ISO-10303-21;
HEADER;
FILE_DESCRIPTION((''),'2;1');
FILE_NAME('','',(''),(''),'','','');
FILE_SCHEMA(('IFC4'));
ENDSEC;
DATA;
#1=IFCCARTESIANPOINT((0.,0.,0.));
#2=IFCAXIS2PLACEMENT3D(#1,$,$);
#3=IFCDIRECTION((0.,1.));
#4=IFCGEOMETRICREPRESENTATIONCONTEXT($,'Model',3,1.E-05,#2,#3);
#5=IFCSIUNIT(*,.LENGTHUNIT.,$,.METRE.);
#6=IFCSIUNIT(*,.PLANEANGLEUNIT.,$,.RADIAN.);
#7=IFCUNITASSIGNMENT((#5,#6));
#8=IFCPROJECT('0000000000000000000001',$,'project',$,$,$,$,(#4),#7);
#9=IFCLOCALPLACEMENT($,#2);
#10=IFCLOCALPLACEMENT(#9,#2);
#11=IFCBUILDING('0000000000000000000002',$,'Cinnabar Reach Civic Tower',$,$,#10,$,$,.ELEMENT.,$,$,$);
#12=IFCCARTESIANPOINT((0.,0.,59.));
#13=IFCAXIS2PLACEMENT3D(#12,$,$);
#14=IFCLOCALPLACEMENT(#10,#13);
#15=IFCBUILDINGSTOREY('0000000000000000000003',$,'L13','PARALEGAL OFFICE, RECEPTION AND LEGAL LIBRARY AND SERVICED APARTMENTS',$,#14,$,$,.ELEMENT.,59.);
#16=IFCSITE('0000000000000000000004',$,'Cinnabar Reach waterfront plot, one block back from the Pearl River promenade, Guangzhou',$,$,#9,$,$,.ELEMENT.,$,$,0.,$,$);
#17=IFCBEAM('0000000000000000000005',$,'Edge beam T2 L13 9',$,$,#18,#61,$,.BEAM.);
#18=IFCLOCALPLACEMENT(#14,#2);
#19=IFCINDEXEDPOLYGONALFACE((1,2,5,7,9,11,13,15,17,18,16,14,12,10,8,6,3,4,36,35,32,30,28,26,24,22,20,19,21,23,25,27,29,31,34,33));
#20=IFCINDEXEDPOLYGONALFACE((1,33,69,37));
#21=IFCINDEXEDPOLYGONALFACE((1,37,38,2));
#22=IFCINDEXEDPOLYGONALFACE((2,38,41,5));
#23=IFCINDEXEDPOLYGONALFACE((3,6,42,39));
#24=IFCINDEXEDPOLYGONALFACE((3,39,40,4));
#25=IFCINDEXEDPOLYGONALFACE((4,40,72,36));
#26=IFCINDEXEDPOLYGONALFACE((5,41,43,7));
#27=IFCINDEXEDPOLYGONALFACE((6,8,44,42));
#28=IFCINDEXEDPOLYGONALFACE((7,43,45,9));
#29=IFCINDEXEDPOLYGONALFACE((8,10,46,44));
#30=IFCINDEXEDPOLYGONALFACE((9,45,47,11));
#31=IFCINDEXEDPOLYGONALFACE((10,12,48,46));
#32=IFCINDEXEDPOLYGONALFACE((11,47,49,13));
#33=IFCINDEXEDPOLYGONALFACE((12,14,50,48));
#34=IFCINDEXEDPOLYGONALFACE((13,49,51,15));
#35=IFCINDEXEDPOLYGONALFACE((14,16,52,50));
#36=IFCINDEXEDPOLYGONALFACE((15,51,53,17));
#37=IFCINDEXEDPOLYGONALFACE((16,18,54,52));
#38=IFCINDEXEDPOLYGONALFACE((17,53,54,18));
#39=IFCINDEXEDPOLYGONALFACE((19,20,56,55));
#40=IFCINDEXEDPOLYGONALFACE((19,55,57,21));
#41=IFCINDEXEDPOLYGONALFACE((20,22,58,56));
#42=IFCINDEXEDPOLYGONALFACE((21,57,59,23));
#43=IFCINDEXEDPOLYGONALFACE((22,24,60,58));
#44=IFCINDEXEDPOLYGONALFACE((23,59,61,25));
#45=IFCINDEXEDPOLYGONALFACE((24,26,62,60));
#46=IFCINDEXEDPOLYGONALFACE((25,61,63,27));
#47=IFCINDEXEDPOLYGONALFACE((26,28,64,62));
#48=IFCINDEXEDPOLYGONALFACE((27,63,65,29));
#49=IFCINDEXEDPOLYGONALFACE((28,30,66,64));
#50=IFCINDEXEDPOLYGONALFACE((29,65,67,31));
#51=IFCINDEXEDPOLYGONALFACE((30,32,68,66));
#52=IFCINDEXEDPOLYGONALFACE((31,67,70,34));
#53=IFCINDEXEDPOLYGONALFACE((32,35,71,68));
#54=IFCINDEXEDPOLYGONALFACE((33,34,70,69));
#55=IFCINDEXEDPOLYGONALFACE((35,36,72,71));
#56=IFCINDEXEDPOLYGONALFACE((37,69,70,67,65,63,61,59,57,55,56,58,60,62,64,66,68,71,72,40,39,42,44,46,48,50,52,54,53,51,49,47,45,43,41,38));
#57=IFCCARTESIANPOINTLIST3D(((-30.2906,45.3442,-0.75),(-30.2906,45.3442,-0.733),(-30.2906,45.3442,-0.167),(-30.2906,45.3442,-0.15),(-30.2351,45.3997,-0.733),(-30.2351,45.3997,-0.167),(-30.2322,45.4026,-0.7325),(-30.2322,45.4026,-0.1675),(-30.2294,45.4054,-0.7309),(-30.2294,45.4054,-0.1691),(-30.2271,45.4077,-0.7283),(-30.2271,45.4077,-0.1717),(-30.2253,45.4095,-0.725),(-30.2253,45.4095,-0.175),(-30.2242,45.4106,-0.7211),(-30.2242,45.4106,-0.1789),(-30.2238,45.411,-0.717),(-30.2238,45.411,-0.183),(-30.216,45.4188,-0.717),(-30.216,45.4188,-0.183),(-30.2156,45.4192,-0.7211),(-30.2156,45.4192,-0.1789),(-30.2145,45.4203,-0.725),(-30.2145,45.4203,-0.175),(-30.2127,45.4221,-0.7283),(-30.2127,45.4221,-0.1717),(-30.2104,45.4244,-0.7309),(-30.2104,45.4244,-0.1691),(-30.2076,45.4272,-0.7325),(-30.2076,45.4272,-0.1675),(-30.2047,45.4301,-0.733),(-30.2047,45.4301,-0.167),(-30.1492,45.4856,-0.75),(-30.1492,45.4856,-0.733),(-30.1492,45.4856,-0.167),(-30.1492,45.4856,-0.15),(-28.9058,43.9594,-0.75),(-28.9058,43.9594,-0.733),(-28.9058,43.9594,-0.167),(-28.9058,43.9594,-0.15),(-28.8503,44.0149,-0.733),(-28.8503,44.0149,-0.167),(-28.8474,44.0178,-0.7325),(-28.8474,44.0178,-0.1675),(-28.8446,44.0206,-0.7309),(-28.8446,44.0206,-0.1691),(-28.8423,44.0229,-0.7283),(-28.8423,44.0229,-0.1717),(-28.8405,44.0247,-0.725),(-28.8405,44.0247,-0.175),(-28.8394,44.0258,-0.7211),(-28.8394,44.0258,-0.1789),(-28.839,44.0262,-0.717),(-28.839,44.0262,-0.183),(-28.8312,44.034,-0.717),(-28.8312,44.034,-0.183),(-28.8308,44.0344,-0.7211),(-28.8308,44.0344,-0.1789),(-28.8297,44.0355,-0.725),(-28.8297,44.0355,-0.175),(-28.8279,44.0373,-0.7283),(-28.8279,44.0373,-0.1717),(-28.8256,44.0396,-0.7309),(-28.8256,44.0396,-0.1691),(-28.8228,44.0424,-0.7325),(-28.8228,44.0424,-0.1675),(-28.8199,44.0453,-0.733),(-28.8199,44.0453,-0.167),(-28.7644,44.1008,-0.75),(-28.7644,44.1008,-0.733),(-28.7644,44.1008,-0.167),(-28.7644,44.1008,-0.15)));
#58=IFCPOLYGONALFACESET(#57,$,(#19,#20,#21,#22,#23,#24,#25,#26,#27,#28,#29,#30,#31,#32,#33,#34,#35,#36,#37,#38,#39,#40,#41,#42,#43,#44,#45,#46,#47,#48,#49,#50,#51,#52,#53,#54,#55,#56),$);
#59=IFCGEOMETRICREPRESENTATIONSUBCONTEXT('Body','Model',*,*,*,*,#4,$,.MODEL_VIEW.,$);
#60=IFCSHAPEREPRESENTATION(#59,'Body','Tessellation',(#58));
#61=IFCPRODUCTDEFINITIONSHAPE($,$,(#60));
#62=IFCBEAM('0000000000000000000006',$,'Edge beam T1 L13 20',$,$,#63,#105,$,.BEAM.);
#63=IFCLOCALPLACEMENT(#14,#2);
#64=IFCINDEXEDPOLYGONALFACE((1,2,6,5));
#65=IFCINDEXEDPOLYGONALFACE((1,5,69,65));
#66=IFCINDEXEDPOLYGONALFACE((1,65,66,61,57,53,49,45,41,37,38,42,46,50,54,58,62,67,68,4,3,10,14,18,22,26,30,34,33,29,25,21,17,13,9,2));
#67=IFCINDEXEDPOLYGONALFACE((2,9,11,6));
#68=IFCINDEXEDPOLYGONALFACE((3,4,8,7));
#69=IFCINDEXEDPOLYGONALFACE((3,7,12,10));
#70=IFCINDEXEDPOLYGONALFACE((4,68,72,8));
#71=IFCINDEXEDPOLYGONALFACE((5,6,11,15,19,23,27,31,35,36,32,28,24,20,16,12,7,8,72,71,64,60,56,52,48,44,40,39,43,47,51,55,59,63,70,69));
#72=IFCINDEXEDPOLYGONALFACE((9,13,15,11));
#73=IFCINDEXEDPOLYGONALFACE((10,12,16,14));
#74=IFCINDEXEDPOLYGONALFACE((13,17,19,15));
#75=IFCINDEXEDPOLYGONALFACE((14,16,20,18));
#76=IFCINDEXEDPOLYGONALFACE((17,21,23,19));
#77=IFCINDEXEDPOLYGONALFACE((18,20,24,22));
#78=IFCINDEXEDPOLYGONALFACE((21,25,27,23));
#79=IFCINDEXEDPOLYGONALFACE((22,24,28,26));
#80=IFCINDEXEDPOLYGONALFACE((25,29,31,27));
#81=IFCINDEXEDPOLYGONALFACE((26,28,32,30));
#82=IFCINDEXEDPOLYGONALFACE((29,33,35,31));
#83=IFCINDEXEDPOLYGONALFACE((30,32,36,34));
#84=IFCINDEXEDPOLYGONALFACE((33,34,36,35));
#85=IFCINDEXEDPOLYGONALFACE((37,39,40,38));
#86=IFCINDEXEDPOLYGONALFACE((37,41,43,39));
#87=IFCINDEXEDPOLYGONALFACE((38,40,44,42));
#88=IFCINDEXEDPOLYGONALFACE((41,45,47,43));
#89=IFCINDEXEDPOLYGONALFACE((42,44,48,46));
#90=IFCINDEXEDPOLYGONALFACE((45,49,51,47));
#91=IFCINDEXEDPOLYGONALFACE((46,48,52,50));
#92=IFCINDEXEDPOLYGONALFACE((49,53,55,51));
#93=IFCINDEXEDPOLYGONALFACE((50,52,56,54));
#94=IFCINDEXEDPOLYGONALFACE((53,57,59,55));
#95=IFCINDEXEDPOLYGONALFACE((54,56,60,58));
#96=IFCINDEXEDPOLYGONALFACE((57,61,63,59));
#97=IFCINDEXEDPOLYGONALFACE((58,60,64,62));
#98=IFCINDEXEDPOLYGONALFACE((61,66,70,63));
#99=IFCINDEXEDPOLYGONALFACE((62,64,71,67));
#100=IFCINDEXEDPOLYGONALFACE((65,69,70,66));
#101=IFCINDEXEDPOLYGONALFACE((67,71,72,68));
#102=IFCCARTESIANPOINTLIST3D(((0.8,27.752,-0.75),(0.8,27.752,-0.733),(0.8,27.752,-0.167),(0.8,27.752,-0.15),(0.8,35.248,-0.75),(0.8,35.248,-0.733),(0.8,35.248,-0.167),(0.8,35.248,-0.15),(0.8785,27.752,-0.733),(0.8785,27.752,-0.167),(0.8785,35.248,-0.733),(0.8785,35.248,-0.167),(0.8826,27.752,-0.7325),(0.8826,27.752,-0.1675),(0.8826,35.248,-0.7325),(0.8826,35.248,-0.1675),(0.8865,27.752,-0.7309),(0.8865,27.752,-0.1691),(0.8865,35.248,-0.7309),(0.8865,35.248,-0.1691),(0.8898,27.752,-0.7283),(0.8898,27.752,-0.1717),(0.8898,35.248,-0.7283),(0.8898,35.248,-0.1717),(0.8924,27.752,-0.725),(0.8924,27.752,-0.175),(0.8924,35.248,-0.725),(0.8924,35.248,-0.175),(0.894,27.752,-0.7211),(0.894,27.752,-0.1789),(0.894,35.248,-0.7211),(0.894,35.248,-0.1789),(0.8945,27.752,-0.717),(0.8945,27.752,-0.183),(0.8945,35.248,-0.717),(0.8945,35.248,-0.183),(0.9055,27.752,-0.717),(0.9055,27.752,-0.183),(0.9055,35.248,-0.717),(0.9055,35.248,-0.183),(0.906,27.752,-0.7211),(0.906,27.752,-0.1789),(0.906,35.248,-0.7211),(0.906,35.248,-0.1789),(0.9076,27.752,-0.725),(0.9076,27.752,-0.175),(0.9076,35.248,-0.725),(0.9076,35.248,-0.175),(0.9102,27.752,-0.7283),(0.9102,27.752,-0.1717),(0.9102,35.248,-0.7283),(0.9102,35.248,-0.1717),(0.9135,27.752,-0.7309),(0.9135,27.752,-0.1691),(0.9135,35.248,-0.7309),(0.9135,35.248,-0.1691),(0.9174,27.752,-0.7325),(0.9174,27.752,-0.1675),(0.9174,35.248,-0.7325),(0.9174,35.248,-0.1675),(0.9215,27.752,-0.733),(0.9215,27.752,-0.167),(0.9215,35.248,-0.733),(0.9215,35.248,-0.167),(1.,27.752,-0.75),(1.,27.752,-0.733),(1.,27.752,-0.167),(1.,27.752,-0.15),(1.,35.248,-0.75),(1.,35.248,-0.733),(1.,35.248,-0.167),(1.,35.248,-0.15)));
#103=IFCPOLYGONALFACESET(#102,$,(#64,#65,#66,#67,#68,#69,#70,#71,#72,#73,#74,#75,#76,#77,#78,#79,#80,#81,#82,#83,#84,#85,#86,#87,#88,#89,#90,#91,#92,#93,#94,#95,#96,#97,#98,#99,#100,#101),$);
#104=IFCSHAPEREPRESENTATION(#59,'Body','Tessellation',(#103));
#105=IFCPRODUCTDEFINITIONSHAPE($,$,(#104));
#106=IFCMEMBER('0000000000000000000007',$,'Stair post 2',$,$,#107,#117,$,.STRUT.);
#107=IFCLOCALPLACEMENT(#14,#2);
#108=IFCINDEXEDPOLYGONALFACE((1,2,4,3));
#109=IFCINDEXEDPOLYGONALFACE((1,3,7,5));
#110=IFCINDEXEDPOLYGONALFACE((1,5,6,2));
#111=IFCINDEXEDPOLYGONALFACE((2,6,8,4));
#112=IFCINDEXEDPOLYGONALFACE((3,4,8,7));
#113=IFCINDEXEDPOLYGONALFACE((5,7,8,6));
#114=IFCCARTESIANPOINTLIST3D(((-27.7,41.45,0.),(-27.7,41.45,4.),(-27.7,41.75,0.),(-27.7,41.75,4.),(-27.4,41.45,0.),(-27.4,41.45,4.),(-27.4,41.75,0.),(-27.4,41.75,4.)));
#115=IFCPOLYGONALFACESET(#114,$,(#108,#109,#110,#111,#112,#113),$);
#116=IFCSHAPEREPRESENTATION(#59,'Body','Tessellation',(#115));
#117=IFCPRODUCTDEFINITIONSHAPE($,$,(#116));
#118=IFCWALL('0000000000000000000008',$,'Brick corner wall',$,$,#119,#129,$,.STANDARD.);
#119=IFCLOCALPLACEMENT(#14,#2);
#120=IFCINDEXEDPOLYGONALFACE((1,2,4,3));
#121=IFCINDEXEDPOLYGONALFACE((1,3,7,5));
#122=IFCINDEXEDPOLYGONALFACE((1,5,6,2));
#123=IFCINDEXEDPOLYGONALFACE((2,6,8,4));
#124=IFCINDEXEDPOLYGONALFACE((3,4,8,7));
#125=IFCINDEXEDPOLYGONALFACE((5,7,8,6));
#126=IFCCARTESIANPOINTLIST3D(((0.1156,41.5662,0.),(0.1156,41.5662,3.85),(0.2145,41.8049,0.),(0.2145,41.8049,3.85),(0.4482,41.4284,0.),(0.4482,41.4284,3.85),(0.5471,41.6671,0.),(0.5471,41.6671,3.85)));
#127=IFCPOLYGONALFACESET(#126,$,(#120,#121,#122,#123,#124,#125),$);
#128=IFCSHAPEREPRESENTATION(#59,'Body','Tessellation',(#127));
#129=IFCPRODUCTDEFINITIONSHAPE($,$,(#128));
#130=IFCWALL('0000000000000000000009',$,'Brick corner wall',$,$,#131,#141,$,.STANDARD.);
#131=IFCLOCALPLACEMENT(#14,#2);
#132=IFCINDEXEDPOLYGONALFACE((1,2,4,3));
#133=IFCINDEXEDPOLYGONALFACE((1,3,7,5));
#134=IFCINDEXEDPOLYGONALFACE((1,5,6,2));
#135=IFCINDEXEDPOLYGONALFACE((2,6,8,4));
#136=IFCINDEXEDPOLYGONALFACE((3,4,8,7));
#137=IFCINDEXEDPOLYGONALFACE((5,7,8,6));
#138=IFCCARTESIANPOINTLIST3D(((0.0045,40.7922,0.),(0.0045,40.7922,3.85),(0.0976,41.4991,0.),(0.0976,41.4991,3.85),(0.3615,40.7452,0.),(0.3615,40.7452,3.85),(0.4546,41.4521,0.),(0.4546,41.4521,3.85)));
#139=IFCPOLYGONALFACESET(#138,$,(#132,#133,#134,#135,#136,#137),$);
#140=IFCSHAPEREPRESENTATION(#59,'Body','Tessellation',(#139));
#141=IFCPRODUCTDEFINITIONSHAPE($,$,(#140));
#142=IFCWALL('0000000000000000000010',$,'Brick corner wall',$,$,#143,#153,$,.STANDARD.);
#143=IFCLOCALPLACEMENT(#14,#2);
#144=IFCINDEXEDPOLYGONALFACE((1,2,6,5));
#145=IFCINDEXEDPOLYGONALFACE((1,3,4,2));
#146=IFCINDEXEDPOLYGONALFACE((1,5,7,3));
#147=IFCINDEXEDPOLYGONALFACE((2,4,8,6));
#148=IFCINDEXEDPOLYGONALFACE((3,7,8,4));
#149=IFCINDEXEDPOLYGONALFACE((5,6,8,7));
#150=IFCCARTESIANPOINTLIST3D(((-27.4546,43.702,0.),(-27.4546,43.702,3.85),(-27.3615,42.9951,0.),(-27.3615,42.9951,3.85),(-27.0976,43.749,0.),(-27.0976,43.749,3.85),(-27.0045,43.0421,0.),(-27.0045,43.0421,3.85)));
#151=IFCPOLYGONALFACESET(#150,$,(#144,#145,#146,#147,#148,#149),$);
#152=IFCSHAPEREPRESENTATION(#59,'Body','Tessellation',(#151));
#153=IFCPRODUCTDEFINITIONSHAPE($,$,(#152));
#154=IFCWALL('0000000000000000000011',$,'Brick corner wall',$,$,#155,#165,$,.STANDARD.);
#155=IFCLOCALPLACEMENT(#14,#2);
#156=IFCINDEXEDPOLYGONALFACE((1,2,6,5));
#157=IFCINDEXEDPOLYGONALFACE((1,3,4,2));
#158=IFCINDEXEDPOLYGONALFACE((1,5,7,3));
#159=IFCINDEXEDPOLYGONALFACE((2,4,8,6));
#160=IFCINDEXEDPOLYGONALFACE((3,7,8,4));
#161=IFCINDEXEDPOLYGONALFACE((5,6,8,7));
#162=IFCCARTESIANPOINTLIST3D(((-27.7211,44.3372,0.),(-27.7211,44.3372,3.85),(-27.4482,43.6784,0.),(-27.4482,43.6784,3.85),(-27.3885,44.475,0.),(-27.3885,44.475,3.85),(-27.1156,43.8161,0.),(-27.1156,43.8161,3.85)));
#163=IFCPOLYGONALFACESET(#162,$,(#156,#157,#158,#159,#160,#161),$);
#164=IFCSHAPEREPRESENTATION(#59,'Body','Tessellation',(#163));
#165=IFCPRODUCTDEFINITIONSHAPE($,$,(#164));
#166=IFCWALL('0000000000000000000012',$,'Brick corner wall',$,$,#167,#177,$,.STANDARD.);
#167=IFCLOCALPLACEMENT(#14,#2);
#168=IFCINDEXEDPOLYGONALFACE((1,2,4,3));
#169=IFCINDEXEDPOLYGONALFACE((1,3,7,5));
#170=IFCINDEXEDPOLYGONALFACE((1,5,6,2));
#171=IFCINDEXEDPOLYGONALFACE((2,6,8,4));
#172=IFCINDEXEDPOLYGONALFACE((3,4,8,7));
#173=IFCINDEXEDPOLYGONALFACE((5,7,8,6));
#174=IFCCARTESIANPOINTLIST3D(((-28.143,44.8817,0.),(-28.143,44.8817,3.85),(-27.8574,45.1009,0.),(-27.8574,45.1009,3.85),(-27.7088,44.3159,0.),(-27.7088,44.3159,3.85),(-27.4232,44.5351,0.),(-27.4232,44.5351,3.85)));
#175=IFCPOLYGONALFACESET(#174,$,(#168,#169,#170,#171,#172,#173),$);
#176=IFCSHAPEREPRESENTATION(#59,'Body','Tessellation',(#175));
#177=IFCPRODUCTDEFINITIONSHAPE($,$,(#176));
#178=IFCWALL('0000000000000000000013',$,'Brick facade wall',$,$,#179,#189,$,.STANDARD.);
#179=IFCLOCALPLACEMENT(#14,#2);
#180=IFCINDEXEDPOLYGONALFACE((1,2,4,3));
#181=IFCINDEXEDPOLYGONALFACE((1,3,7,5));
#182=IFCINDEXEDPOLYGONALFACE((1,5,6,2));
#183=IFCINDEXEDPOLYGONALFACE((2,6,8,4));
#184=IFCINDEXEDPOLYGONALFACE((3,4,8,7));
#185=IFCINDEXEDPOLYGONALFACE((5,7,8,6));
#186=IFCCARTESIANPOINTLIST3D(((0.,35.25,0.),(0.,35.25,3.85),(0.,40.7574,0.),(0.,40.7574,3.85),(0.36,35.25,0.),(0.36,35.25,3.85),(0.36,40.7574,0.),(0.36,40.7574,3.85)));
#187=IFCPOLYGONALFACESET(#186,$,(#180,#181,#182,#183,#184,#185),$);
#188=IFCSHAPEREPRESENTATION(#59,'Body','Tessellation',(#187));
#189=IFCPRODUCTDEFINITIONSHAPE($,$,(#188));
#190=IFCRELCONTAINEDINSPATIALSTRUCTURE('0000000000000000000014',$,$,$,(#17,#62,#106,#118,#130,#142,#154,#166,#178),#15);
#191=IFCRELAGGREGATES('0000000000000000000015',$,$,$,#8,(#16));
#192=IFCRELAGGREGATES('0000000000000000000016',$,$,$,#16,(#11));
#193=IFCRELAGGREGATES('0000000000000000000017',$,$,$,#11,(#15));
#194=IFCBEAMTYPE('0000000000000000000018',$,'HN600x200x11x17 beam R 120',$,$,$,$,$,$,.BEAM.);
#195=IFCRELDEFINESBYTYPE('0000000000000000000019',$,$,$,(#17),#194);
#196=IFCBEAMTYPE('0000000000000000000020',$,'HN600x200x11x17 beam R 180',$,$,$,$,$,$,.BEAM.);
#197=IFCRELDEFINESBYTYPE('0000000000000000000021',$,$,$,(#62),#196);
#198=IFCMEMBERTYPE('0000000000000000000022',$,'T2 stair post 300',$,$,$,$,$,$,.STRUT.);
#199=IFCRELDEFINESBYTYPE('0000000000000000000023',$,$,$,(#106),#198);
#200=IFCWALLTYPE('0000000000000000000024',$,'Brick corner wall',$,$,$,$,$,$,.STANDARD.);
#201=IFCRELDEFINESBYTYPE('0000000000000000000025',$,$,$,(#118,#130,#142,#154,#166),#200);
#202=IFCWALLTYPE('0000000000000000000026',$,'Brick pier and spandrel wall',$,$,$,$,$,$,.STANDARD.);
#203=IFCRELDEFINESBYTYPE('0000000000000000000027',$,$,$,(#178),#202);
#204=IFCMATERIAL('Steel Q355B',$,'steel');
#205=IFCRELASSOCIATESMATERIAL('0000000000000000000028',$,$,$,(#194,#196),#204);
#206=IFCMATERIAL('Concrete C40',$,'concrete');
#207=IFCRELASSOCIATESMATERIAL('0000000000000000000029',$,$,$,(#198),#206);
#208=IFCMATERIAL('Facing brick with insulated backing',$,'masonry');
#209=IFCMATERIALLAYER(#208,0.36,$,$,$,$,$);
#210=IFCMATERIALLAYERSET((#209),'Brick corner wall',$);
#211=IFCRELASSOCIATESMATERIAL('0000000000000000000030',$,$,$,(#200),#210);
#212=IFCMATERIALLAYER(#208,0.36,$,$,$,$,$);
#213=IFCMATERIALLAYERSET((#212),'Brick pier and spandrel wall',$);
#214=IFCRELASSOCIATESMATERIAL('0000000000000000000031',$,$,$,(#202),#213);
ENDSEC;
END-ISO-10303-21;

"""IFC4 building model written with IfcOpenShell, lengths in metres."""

from ifc_helpers import new_model, si_unit, direction, frame, frame_2d, origin, origin_2d, place, context, subcontext, project, spatial, rectangle, i_section, extrude, material, layer, layer_set, material_profile, profile_set, type_object, element, save


model = new_model("IFC4")

# Units and contexts
model_context = context("Model", 3, precision=1e-05, world=origin(), true_north=direction((0.0, 1.0)))
body_context = subcontext(model_context, "Body", "Model", "MODEL_VIEW")
ifc_project = project(units=[si_unit("LENGTHUNIT", "METRE"), si_unit("PLANEANGLEUNIT", "RADIAN")], contexts=[model_context])

# Site, building, storey
site_placement = place(None, origin())
site = spatial("IfcSite", under=ifc_project, at=site_placement, Name="Cinnabar Reach waterfront plot, one block back from the Pearl River promenade, Guangzhou", CompositionType="ELEMENT", RefElevation=0.0)
building_placement = place(site_placement, origin())
building = spatial("IfcBuilding", under=site, at=building_placement, Name="Cinnabar Reach Civic Tower", CompositionType="ELEMENT")
storey_placement = place(building_placement, frame((0.0, 0.0, 59.0)))
storey = spatial("IfcBuildingStorey", under=building, at=storey_placement, Name="L13", Description="PARALEGAL OFFICE, RECEPTION AND LEGAL LIBRARY AND SERVICED APARTMENTS", CompositionType="ELEMENT", Elevation=59.0)

# Beams
ifc_material_1 = material(Name="Steel Q355B", Category="steel")
ifc_material_profile_1 = material_profile(ifc_material_1, i_section(OverallWidth=0.2, OverallDepth=0.6, WebThickness=0.011, FlangeThickness=0.017, FilletRadius=0.016, at=origin_2d()), Name="HN600x200x11x17")
ifc_profile_set_1 = profile_set([ifc_material_profile_1], Name="Steel Q355B")
beam_type_1 = type_object("IfcBeamType", Name="HN600x200x11x17 beam R 120", PredefinedType="BEAM", material=ifc_profile_set_1)
beam_1_placement = place(storey_placement, frame((-28.8351, 44.0301, -0.45), z_axis=(-0.707107, 0.707107, 0.0), x_axis=(-0.707107, -0.707107, 0.0)))
element("IfcBeam", 1, at=beam_1_placement, inside=storey, type_object=beam_type_1, Name="Edge beam T2 L13 9", PredefinedType="BEAM", context=body_context, shape_type="SweptSolid", body=[
    extrude(i_section(OverallWidth=0.2, OverallDepth=0.6, WebThickness=0.011, FlangeThickness=0.017, FilletRadius=0.016, at=origin_2d()), origin(), (0.0, 0.0, 1.0), 1.9584),
])
ifc_material_profile_2 = material_profile(ifc_material_1, i_section(OverallWidth=0.2, OverallDepth=0.6, WebThickness=0.011, FlangeThickness=0.017, FilletRadius=0.016, at=origin_2d()), Name="HN600x200x11x17")
ifc_profile_set_2 = profile_set([ifc_material_profile_2], Name="Steel Q355B")
beam_type_2 = type_object("IfcBeamType", Name="HN600x200x11x17 beam R 180", PredefinedType="BEAM", material=ifc_profile_set_2)
beam_2_placement = place(storey_placement, frame((0.9, 35.248, -0.45), z_axis=(0.0, -1.0, 0.0), x_axis=(1.0, 0.0, 0.0)))
element("IfcBeam", 2, at=beam_2_placement, inside=storey, type_object=beam_type_2, Name="Edge beam T1 L13 20", PredefinedType="BEAM", context=body_context, shape_type="SweptSolid", body=[
    extrude(i_section(OverallWidth=0.2, OverallDepth=0.6, WebThickness=0.011, FlangeThickness=0.017, FilletRadius=0.016, at=origin_2d()), origin(), (0.0, 0.0, 1.0), 7.496),
])

# Member
ifc_material_2 = material(Name="Concrete C40", Category="concrete")
ifc_material_profile_3 = material_profile(ifc_material_2, rectangle(XDim=0.3, YDim=0.3, at=origin_2d()), Name="C300")
ifc_profile_set_3 = profile_set([ifc_material_profile_3], Name="Concrete C40")
member_type = type_object("IfcMemberType", Name="T2 stair post 300", PredefinedType="STRUT", material=ifc_profile_set_3)
member_placement = place(storey_placement, frame((-27.55, 41.6, 0.0), z_axis=(0.0, 0.0, 1.0), x_axis=(1.0, 0.0, 0.0)))
element("IfcMember", 3, at=member_placement, inside=storey, type_object=member_type, Name="Stair post 2", PredefinedType="STRUT", context=body_context, shape_type="SweptSolid", body=[
    extrude(rectangle(XDim=0.3, YDim=0.3, at=origin_2d()), origin(), (0.0, 0.0, 1.0), 4.0),
])

# Walls
ifc_material_3 = material(Name="Facing brick with insulated backing", Category="masonry")
ifc_layer_1 = layer(ifc_material_3, 0.36)
ifc_layer_set_1 = layer_set([ifc_layer_1], Name="Brick corner wall")
wall_type_1 = type_object("IfcWallType", Name="Brick corner wall", PredefinedType="STANDARD", material=ifc_layer_set_1)
wall_1_placement = place(storey_placement, frame((0.3808, 41.736, 0.0), z_axis=(0.0, 0.0, 1.0), x_axis=(-0.382773, -0.923842, 0.0)))
element("IfcWall", 4, at=wall_1_placement, inside=storey, type_object=wall_type_1, Name="Brick corner wall", PredefinedType="STANDARD", context=body_context, shape_type="SweptSolid", body=[
    extrude(rectangle(XDim=0.2584, YDim=0.36, at=frame_2d((0.1292, 0.0))), origin(), (0.0, 0.0, 1.0), 3.85),
])
for number, where, z_axis, x_axis, name in (
    (5, (0.2761, 41.4756, 0.0), (0.0, 0.0, 1.0), (-0.130556, -0.991441, 0.0), "Brick corner wall"),
    (6, (-27.183, 43.0186, 0.0), (0.0, 0.0, 1.0), (-0.130556, 0.991441, 0.0), "Brick corner wall"),
    (7, (-27.2819, 43.7473, 0.0), (0.0, 0.0, 1.0), (-0.382703, 0.923872, 0.0), "Brick corner wall"),
):
    element("IfcWall", number, at=place(storey_placement, frame(where, z_axis=z_axis, x_axis=x_axis)), inside=storey, type_object=wall_type_1, Name=name, PredefinedType="STANDARD", context=body_context, shape_type="SweptSolid", body=[
        extrude(rectangle(XDim=0.7131, YDim=0.36, at=frame_2d((0.3565, 0.0))), origin(), (0.0, 0.0, 1.0), 3.85),
    ])
wall_2_placement = place(storey_placement, frame((-27.566, 44.4255, 0.0), z_axis=(0.0, 0.0, 1.0), x_axis=(-0.608802, 0.793322, 0.0)))
element("IfcWall", 8, at=wall_2_placement, inside=storey, type_object=wall_type_1, Name="Brick corner wall", PredefinedType="STANDARD", context=body_context, shape_type="SweptSolid", body=[
    extrude(rectangle(XDim=0.7132, YDim=0.36, at=frame_2d((0.3566, 0.0))), origin(), (0.0, 0.0, 1.0), 3.85),
])
ifc_layer_2 = layer(ifc_material_3, 0.36)
ifc_layer_set_2 = layer_set([ifc_layer_2], Name="Brick pier and spandrel wall")
wall_type_2 = type_object("IfcWallType", Name="Brick pier and spandrel wall", PredefinedType="STANDARD", material=ifc_layer_set_2)
wall_3_placement = place(storey_placement, frame((0.18, 40.7574, 0.0), z_axis=(0.0, 0.0, 1.0), x_axis=(0.0, -1.0, 0.0)))
element("IfcWall", 9, at=wall_3_placement, inside=storey, type_object=wall_type_2, Name="Brick facade wall", PredefinedType="STANDARD", context=body_context, shape_type="SweptSolid", body=[
    extrude(rectangle(XDim=5.5074, YDim=0.36, at=frame_2d((2.7537, 0.0))), origin(), (0.0, 0.0, 1.0), 3.85),
])

save(model, "model.ifc")
